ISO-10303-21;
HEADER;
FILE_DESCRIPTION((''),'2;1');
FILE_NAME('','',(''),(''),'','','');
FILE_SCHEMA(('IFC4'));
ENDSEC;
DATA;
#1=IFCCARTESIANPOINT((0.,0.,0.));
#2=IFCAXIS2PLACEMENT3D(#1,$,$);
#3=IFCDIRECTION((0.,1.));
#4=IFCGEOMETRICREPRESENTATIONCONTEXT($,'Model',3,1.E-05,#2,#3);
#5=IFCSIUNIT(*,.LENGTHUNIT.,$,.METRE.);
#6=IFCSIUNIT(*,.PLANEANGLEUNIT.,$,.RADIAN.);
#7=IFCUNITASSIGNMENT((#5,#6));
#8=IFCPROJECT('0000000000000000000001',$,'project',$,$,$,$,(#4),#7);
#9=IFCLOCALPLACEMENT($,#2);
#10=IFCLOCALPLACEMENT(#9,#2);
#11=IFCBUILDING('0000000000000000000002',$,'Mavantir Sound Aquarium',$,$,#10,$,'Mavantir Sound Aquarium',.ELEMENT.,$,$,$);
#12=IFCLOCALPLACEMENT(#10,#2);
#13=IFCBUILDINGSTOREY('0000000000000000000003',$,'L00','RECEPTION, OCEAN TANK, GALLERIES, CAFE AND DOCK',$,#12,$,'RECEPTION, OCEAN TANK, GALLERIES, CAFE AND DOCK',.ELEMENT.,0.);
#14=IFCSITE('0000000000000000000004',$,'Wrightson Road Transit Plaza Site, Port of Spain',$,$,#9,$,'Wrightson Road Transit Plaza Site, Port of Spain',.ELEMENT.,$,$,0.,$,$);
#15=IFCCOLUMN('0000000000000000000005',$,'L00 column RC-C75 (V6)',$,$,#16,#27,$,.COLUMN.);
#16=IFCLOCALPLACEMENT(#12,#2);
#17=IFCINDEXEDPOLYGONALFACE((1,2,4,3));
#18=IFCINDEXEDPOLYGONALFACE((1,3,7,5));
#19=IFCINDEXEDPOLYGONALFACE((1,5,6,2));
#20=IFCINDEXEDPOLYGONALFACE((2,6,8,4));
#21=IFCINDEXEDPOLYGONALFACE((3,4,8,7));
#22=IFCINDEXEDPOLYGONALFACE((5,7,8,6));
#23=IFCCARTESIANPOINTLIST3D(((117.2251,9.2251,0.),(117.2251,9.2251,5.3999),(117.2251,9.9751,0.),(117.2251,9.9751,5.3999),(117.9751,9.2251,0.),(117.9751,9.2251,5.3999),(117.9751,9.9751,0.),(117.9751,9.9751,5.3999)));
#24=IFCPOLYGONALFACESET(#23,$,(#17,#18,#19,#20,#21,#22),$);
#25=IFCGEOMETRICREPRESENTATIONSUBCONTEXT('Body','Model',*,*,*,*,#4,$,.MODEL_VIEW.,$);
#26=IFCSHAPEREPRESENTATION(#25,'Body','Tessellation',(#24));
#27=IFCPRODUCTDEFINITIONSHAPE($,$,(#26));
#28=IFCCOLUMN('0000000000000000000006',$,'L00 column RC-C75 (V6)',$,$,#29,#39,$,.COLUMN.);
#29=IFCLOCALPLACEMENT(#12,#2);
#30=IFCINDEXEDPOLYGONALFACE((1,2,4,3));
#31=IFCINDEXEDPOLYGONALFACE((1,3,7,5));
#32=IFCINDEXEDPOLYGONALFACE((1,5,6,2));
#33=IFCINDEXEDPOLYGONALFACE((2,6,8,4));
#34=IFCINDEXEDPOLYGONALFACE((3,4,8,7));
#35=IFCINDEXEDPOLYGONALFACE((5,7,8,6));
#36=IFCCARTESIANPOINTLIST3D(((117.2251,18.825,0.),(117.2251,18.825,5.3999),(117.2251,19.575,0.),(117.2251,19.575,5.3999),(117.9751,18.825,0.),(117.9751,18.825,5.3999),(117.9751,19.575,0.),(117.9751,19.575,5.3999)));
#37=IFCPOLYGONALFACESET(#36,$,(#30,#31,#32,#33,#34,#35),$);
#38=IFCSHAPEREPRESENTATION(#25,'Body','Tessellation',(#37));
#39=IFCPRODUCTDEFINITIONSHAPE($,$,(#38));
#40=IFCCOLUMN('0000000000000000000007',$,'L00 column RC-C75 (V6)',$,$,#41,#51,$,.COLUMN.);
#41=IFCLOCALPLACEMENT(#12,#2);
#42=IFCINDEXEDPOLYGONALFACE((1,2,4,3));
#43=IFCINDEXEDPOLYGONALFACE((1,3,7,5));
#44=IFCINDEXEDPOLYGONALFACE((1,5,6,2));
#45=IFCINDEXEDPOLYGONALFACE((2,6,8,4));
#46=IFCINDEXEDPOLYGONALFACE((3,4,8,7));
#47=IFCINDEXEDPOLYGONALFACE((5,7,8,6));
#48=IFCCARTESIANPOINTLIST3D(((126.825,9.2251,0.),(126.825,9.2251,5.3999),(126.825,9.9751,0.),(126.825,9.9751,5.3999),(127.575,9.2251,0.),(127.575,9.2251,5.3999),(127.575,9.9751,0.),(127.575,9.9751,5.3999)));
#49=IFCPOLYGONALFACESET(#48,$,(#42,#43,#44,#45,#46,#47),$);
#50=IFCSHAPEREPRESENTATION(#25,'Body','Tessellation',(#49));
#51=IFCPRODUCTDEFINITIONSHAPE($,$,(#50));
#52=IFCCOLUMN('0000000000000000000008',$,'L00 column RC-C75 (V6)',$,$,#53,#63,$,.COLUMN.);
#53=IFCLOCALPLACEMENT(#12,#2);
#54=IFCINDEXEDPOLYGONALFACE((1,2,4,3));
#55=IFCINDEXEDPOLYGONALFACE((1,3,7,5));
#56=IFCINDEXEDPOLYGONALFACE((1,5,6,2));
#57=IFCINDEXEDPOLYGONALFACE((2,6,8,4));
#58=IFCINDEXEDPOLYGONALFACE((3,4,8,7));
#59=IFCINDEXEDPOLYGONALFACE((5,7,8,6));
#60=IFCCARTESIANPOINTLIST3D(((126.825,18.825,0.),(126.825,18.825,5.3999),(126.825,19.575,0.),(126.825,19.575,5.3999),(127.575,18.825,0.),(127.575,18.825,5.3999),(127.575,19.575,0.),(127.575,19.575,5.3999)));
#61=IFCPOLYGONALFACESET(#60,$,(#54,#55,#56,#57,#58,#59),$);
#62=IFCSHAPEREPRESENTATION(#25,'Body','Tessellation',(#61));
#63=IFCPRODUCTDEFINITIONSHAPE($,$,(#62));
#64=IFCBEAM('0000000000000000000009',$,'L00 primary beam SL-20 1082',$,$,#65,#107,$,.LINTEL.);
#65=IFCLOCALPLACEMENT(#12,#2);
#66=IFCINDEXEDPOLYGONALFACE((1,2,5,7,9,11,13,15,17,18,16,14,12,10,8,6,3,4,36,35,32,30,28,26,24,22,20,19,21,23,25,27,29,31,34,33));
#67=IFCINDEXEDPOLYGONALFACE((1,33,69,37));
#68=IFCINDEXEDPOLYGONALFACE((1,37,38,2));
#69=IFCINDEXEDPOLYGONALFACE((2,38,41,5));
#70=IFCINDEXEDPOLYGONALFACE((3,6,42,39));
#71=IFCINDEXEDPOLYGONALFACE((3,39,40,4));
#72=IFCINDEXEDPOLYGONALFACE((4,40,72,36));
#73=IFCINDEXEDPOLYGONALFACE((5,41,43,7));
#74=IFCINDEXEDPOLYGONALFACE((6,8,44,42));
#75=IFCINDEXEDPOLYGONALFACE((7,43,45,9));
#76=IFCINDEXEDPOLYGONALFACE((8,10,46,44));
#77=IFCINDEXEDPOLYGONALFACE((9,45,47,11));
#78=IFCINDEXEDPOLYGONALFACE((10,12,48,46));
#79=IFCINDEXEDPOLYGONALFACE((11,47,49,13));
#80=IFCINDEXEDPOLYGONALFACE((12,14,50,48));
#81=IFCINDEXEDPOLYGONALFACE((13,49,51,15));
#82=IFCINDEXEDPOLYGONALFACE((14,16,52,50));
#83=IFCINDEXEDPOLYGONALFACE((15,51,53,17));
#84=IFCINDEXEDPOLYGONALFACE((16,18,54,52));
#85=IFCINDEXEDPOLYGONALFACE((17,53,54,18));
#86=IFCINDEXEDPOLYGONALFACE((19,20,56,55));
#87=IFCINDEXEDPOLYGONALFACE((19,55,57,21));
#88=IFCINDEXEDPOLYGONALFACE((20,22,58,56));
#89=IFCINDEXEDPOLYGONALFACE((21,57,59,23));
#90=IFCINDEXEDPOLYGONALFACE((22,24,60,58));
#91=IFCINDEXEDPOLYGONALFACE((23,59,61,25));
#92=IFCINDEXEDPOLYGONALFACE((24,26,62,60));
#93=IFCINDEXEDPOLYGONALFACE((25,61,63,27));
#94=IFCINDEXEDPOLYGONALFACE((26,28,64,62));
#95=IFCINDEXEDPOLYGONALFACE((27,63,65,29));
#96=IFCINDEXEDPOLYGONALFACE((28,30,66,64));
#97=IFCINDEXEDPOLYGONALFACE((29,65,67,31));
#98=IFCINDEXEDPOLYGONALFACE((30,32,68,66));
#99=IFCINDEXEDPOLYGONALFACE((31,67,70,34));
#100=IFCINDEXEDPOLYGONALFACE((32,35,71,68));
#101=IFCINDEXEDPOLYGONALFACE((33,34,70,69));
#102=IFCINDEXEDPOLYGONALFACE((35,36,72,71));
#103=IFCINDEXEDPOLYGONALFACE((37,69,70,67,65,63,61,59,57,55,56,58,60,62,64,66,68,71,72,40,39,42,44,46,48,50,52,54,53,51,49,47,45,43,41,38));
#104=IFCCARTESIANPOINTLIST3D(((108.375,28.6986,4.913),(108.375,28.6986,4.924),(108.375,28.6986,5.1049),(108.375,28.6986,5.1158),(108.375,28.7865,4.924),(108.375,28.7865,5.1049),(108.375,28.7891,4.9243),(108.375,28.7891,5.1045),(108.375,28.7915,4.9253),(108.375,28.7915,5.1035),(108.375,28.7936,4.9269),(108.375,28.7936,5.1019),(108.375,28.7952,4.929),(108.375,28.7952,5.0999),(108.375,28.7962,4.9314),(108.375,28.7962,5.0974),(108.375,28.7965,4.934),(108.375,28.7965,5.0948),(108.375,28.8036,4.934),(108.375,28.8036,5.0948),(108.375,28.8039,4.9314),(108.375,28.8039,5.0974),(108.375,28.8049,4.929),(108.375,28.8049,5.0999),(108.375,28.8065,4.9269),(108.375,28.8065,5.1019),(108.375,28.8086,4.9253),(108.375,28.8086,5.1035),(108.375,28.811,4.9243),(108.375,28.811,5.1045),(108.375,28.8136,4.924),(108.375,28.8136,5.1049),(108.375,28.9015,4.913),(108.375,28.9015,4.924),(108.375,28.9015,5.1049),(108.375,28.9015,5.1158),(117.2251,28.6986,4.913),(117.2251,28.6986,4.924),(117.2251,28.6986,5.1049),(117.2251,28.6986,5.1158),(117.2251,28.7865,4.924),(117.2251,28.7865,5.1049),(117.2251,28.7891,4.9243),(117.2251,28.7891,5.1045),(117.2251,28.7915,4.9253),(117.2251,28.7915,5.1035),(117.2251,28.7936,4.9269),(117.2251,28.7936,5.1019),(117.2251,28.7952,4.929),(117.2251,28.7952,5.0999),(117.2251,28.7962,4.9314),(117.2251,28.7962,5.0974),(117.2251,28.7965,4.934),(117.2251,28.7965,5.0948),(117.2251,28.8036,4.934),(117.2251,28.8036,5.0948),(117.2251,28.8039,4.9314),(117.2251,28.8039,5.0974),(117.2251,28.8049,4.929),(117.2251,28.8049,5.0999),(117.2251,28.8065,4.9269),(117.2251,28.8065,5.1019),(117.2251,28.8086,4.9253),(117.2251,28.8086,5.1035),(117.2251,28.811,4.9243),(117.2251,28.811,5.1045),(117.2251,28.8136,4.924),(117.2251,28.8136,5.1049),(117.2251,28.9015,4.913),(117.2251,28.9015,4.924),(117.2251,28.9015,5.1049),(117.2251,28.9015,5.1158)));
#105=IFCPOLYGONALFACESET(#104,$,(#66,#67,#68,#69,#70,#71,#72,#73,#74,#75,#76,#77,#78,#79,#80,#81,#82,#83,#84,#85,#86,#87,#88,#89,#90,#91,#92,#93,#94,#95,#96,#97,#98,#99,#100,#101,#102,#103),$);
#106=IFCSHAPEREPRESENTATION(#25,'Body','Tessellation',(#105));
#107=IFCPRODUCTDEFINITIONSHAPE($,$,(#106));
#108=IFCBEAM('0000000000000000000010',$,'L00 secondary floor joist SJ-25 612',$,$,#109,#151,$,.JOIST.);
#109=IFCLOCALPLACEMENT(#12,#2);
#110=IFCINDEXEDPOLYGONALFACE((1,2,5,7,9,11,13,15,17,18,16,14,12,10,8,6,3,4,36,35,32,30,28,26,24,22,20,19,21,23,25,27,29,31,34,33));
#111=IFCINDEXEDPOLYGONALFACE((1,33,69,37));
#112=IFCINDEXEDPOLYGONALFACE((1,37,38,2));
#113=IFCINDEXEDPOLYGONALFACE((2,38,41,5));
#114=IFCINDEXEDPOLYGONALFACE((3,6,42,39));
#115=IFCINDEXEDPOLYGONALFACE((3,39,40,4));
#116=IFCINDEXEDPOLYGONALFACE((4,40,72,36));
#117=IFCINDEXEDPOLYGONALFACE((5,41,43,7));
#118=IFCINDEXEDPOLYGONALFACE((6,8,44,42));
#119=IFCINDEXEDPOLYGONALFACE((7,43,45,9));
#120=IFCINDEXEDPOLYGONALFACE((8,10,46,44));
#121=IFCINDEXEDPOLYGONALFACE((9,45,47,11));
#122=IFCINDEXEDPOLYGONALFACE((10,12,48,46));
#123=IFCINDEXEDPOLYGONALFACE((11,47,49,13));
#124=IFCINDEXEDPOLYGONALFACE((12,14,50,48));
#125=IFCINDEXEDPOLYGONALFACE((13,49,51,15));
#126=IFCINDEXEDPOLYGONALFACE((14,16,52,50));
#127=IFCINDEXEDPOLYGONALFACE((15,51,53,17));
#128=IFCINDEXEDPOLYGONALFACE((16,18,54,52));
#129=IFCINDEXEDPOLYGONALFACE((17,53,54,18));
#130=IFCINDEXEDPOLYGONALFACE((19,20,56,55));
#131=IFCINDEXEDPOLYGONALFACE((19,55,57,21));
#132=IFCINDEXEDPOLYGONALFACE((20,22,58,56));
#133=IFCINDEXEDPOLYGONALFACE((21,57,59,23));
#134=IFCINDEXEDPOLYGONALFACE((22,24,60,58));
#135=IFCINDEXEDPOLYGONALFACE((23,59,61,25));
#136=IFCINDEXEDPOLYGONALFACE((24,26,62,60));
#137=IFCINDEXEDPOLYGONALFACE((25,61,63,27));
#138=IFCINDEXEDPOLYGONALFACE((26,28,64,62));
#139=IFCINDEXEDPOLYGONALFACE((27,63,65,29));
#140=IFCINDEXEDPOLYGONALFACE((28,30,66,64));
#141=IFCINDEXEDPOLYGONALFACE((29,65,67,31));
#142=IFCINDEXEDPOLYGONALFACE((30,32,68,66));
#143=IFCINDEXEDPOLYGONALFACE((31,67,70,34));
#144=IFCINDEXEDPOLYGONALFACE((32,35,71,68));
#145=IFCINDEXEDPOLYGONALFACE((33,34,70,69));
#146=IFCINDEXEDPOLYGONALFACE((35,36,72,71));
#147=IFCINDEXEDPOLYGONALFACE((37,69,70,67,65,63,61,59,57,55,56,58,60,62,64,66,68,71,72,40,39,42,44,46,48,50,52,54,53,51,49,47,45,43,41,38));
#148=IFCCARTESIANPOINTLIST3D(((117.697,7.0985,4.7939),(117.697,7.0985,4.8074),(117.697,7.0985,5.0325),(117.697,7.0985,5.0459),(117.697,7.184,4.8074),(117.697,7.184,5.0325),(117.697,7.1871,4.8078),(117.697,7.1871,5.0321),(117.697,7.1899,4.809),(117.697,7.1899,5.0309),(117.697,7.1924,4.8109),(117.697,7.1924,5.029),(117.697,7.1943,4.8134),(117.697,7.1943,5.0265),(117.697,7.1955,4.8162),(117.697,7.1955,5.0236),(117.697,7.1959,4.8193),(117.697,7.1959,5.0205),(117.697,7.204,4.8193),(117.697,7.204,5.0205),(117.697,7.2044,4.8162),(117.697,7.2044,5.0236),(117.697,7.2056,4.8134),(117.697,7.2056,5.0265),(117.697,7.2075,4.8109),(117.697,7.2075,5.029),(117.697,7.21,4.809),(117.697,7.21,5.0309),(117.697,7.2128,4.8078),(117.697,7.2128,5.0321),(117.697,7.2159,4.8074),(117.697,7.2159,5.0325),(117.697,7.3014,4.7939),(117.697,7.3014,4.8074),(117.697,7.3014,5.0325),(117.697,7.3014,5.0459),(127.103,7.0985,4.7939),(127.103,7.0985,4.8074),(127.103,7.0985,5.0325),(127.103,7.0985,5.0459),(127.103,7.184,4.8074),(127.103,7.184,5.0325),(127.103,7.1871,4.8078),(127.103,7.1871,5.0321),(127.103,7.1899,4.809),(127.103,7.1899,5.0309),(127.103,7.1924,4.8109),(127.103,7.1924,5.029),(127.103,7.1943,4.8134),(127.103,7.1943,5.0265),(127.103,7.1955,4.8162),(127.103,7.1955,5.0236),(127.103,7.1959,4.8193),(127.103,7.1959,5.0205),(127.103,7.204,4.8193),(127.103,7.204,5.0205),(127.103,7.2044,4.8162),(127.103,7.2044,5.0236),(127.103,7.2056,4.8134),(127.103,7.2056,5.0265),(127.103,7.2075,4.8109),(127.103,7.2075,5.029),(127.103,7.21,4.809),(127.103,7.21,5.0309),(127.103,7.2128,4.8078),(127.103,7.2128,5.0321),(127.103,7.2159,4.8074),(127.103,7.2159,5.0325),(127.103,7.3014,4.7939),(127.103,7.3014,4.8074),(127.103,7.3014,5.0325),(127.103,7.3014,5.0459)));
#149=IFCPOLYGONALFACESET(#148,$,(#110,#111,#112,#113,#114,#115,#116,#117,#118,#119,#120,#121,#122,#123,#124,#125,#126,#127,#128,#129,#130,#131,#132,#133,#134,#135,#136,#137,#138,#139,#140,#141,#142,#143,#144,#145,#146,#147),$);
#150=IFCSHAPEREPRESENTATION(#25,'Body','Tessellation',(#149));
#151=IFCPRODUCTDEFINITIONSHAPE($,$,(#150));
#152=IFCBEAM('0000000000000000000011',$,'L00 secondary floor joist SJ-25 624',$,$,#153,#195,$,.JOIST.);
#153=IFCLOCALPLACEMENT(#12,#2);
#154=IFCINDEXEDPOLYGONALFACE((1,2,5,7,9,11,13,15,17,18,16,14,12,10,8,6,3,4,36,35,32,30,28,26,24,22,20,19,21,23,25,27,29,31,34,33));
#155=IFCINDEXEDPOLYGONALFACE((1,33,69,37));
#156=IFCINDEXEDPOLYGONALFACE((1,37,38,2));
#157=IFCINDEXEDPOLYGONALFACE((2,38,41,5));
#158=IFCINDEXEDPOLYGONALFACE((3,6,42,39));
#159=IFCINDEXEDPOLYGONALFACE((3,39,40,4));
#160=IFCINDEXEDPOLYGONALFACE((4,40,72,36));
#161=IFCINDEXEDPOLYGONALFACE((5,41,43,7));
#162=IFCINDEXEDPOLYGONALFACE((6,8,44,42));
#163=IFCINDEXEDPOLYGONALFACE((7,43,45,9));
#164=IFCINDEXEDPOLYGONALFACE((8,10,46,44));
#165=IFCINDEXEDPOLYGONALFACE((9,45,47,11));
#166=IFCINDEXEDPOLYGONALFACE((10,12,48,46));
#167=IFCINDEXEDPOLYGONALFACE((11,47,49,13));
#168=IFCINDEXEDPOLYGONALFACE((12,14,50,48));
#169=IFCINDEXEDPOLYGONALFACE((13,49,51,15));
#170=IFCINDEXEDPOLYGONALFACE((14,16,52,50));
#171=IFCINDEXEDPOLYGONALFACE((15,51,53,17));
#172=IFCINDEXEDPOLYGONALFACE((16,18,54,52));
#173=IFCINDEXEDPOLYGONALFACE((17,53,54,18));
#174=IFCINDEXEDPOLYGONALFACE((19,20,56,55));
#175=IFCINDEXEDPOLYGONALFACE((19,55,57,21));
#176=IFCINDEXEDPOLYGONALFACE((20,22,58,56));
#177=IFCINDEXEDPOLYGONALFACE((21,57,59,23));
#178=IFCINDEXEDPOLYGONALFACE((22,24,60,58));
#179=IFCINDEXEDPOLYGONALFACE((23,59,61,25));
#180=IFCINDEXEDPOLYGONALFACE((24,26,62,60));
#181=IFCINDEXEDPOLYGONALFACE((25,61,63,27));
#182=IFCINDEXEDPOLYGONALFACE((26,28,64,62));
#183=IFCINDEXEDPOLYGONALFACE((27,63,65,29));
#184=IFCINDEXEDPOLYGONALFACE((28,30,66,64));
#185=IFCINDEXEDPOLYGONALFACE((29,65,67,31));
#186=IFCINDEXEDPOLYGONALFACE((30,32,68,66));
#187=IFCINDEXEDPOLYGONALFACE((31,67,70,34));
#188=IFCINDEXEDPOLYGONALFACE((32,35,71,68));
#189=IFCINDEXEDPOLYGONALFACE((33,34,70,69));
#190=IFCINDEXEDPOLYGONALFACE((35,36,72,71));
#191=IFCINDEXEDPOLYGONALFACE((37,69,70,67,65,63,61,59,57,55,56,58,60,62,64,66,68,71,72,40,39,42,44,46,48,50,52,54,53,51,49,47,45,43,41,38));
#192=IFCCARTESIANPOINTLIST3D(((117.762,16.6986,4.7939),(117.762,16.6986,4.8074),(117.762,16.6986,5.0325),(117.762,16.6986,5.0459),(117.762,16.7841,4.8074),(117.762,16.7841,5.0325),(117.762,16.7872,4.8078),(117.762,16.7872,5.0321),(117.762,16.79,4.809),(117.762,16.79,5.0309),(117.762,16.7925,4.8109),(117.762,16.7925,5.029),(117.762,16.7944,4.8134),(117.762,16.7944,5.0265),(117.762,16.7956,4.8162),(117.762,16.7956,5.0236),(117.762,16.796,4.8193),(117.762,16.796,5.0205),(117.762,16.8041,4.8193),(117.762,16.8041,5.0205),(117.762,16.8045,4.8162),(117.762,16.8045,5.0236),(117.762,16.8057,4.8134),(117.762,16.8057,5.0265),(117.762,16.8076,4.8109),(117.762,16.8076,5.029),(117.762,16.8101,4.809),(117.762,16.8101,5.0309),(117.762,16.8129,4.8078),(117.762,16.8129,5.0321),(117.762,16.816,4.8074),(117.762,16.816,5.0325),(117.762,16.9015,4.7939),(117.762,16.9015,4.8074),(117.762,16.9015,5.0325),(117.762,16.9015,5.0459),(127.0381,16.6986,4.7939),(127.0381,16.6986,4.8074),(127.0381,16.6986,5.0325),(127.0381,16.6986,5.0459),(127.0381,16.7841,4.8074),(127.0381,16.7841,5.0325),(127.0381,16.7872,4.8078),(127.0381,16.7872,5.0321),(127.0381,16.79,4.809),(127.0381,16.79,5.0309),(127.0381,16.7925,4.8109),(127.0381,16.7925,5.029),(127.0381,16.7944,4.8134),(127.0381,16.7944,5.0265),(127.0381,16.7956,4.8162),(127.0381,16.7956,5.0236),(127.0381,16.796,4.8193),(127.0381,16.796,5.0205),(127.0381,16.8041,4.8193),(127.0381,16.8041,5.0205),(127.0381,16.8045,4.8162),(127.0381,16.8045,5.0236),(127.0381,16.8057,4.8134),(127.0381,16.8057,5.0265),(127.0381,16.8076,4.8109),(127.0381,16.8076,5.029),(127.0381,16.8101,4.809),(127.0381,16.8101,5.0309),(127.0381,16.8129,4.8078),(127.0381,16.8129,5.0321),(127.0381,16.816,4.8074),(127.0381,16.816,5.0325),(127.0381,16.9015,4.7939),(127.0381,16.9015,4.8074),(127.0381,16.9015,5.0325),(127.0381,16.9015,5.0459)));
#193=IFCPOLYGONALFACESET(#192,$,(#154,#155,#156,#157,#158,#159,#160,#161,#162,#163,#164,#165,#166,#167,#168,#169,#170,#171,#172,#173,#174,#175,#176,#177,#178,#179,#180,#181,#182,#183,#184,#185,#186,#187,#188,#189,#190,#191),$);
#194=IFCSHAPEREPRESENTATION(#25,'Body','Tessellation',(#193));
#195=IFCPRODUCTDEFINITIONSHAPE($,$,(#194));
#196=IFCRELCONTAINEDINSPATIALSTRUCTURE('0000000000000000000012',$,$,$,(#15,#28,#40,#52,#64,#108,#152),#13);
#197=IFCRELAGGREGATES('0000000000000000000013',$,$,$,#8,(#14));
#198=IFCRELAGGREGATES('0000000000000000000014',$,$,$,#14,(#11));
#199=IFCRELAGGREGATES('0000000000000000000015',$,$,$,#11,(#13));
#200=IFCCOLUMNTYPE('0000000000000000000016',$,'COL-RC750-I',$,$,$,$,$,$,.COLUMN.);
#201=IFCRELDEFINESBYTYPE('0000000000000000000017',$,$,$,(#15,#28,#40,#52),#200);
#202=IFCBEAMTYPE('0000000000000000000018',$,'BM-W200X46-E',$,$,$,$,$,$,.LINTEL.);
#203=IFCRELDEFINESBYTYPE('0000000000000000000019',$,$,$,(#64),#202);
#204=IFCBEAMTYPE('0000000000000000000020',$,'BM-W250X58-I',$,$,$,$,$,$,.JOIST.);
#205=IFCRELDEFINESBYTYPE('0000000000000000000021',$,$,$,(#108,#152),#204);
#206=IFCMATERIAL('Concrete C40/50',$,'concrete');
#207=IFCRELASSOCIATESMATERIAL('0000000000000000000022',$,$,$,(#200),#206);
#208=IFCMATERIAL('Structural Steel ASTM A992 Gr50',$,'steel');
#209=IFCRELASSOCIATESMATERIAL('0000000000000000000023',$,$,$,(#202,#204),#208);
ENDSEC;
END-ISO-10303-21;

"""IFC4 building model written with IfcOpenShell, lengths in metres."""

from ifc_helpers import new_model, si_unit, direction, frame, origin, origin_2d, place, context, subcontext, project, spatial, rectangle, i_section, extrude, material, material_profile, profile_set, type_object, element, save


model = new_model("IFC4")

# Units and contexts
model_context = context("Model", 3, precision=1e-05, world=origin(), true_north=direction((0.0, 1.0)))
body_context = subcontext(model_context, "Body", "Model", "MODEL_VIEW")
ifc_project = project(units=[si_unit("LENGTHUNIT", "METRE"), si_unit("PLANEANGLEUNIT", "RADIAN")], contexts=[model_context])

# Site, building, storey
site_placement = place(None, origin())
site = spatial("IfcSite", under=ifc_project, at=site_placement, Name="Wrightson Road Transit Plaza Site, Port of Spain", LongName="Wrightson Road Transit Plaza Site, Port of Spain", CompositionType="ELEMENT", RefElevation=0.0)
building_placement = place(site_placement, origin())
building = spatial("IfcBuilding", under=site, at=building_placement, Name="Mavantir Sound Aquarium", LongName="Mavantir Sound Aquarium", CompositionType="ELEMENT")
storey_placement = place(building_placement, origin())
storey = spatial("IfcBuildingStorey", under=building, at=storey_placement, Name="L00", Description="RECEPTION, OCEAN TANK, GALLERIES, CAFE AND DOCK", LongName="RECEPTION, OCEAN TANK, GALLERIES, CAFE AND DOCK", CompositionType="ELEMENT", Elevation=0.0)

# Columns
ifc_material_1 = material(Name="Concrete C40/50", Category="concrete")
ifc_material_profile_1 = material_profile(ifc_material_1, rectangle(XDim=0.75, YDim=0.75, at=origin_2d()), Name="RC 750X750")
ifc_profile_set_1 = profile_set([ifc_material_profile_1], Name="Concrete C40/50")
column_type = type_object("IfcColumnType", Name="COL-RC750-I", PredefinedType="COLUMN", material=ifc_profile_set_1)
for number, where, z_axis, x_axis, name in (
    (1, (117.6001, 9.6001, 0.0), (0.0, 0.0, 1.0), (1.0, 0.0, 0.0), "L00 column RC-C75 (V6)"),
    (2, (117.6001, 19.2, 0.0), (0.0, 0.0, 1.0), (1.0, 0.0, 0.0), "L00 column RC-C75 (V6)"),
    (3, (127.2, 9.6001, 0.0), (0.0, 0.0, 1.0), (1.0, 0.0, 0.0), "L00 column RC-C75 (V6)"),
    (4, (127.2, 19.2, 0.0), (0.0, 0.0, 1.0), (1.0, 0.0, 0.0), "L00 column RC-C75 (V6)"),
):
    element("IfcColumn", number, at=place(storey_placement, frame(where, z_axis=z_axis, x_axis=x_axis)), inside=storey, type_object=column_type, Name=name, PredefinedType="COLUMN", context=body_context, shape_type="SweptSolid", body=[
        extrude(rectangle(XDim=0.75, YDim=0.75, at=origin_2d()), origin(), (0.0, 0.0, 1.0), 5.3999),
    ])

# Beams
ifc_material_2 = material(Name="Structural Steel ASTM A992 Gr50", Category="steel")
ifc_material_profile_2 = material_profile(ifc_material_2, i_section(OverallWidth=0.2029, OverallDepth=0.2029, WebThickness=0.0071, FlangeThickness=0.011, FilletRadius=0.01, at=origin_2d()), Name="W200X46")
ifc_profile_set_2 = profile_set([ifc_material_profile_2], Name="Structural Steel ASTM A992 Gr50")
beam_type_1 = type_object("IfcBeamType", Name="BM-W200X46-E", PredefinedType="LINTEL", material=ifc_profile_set_2)
beam_1_placement = place(storey_placement, frame((108.375, 28.8, 5.0144), z_axis=(1.0, 0.0, 0.0), x_axis=(0.0, 1.0, 0.0)))
element("IfcBeam", 5, at=beam_1_placement, inside=storey, type_object=beam_type_1, Name="L00 primary beam SL-20 1082", PredefinedType="LINTEL", context=body_context, shape_type="SweptSolid", body=[
    extrude(i_section(OverallWidth=0.2029, OverallDepth=0.2029, WebThickness=0.0071, FlangeThickness=0.011, FilletRadius=0.01, at=origin_2d()), origin(), (0.0, 0.0, 1.0), 8.8501),
])
ifc_material_profile_3 = material_profile(ifc_material_2, i_section(OverallWidth=0.2029, OverallDepth=0.252, WebThickness=0.0081, FlangeThickness=0.0134, FilletRadius=0.012, at=origin_2d()), Name="W250X58")
ifc_profile_set_3 = profile_set([ifc_material_profile_3], Name="Structural Steel ASTM A992 Gr50")
beam_type_2 = type_object("IfcBeamType", Name="BM-W250X58-I", PredefinedType="JOIST", material=ifc_profile_set_3)
beam_2_placement = place(storey_placement, frame((117.697, 7.2, 4.9199), z_axis=(1.0, 0.0, 0.0), x_axis=(0.0, 1.0, 0.0)))
element("IfcBeam", 6, at=beam_2_placement, inside=storey, type_object=beam_type_2, Name="L00 secondary floor joist SJ-25 612", PredefinedType="JOIST", context=body_context, shape_type="SweptSolid", body=[
    extrude(i_section(OverallWidth=0.2029, OverallDepth=0.252, WebThickness=0.0081, FlangeThickness=0.0134, FilletRadius=0.012, at=origin_2d()), origin(), (0.0, 0.0, 1.0), 9.406),
])
beam_3_placement = place(storey_placement, frame((117.762, 16.8, 4.9199), z_axis=(1.0, 0.0, 0.0), x_axis=(0.0, 1.0, 0.0)))
element("IfcBeam", 7, at=beam_3_placement, inside=storey, type_object=beam_type_2, Name="L00 secondary floor joist SJ-25 624", PredefinedType="JOIST", context=body_context, shape_type="SweptSolid", body=[
    extrude(i_section(OverallWidth=0.2029, OverallDepth=0.252, WebThickness=0.0081, FlangeThickness=0.0134, FilletRadius=0.012, at=origin_2d()), origin(), (0.0, 0.0, 1.0), 9.2761),
])

save(model, "model.ifc")
